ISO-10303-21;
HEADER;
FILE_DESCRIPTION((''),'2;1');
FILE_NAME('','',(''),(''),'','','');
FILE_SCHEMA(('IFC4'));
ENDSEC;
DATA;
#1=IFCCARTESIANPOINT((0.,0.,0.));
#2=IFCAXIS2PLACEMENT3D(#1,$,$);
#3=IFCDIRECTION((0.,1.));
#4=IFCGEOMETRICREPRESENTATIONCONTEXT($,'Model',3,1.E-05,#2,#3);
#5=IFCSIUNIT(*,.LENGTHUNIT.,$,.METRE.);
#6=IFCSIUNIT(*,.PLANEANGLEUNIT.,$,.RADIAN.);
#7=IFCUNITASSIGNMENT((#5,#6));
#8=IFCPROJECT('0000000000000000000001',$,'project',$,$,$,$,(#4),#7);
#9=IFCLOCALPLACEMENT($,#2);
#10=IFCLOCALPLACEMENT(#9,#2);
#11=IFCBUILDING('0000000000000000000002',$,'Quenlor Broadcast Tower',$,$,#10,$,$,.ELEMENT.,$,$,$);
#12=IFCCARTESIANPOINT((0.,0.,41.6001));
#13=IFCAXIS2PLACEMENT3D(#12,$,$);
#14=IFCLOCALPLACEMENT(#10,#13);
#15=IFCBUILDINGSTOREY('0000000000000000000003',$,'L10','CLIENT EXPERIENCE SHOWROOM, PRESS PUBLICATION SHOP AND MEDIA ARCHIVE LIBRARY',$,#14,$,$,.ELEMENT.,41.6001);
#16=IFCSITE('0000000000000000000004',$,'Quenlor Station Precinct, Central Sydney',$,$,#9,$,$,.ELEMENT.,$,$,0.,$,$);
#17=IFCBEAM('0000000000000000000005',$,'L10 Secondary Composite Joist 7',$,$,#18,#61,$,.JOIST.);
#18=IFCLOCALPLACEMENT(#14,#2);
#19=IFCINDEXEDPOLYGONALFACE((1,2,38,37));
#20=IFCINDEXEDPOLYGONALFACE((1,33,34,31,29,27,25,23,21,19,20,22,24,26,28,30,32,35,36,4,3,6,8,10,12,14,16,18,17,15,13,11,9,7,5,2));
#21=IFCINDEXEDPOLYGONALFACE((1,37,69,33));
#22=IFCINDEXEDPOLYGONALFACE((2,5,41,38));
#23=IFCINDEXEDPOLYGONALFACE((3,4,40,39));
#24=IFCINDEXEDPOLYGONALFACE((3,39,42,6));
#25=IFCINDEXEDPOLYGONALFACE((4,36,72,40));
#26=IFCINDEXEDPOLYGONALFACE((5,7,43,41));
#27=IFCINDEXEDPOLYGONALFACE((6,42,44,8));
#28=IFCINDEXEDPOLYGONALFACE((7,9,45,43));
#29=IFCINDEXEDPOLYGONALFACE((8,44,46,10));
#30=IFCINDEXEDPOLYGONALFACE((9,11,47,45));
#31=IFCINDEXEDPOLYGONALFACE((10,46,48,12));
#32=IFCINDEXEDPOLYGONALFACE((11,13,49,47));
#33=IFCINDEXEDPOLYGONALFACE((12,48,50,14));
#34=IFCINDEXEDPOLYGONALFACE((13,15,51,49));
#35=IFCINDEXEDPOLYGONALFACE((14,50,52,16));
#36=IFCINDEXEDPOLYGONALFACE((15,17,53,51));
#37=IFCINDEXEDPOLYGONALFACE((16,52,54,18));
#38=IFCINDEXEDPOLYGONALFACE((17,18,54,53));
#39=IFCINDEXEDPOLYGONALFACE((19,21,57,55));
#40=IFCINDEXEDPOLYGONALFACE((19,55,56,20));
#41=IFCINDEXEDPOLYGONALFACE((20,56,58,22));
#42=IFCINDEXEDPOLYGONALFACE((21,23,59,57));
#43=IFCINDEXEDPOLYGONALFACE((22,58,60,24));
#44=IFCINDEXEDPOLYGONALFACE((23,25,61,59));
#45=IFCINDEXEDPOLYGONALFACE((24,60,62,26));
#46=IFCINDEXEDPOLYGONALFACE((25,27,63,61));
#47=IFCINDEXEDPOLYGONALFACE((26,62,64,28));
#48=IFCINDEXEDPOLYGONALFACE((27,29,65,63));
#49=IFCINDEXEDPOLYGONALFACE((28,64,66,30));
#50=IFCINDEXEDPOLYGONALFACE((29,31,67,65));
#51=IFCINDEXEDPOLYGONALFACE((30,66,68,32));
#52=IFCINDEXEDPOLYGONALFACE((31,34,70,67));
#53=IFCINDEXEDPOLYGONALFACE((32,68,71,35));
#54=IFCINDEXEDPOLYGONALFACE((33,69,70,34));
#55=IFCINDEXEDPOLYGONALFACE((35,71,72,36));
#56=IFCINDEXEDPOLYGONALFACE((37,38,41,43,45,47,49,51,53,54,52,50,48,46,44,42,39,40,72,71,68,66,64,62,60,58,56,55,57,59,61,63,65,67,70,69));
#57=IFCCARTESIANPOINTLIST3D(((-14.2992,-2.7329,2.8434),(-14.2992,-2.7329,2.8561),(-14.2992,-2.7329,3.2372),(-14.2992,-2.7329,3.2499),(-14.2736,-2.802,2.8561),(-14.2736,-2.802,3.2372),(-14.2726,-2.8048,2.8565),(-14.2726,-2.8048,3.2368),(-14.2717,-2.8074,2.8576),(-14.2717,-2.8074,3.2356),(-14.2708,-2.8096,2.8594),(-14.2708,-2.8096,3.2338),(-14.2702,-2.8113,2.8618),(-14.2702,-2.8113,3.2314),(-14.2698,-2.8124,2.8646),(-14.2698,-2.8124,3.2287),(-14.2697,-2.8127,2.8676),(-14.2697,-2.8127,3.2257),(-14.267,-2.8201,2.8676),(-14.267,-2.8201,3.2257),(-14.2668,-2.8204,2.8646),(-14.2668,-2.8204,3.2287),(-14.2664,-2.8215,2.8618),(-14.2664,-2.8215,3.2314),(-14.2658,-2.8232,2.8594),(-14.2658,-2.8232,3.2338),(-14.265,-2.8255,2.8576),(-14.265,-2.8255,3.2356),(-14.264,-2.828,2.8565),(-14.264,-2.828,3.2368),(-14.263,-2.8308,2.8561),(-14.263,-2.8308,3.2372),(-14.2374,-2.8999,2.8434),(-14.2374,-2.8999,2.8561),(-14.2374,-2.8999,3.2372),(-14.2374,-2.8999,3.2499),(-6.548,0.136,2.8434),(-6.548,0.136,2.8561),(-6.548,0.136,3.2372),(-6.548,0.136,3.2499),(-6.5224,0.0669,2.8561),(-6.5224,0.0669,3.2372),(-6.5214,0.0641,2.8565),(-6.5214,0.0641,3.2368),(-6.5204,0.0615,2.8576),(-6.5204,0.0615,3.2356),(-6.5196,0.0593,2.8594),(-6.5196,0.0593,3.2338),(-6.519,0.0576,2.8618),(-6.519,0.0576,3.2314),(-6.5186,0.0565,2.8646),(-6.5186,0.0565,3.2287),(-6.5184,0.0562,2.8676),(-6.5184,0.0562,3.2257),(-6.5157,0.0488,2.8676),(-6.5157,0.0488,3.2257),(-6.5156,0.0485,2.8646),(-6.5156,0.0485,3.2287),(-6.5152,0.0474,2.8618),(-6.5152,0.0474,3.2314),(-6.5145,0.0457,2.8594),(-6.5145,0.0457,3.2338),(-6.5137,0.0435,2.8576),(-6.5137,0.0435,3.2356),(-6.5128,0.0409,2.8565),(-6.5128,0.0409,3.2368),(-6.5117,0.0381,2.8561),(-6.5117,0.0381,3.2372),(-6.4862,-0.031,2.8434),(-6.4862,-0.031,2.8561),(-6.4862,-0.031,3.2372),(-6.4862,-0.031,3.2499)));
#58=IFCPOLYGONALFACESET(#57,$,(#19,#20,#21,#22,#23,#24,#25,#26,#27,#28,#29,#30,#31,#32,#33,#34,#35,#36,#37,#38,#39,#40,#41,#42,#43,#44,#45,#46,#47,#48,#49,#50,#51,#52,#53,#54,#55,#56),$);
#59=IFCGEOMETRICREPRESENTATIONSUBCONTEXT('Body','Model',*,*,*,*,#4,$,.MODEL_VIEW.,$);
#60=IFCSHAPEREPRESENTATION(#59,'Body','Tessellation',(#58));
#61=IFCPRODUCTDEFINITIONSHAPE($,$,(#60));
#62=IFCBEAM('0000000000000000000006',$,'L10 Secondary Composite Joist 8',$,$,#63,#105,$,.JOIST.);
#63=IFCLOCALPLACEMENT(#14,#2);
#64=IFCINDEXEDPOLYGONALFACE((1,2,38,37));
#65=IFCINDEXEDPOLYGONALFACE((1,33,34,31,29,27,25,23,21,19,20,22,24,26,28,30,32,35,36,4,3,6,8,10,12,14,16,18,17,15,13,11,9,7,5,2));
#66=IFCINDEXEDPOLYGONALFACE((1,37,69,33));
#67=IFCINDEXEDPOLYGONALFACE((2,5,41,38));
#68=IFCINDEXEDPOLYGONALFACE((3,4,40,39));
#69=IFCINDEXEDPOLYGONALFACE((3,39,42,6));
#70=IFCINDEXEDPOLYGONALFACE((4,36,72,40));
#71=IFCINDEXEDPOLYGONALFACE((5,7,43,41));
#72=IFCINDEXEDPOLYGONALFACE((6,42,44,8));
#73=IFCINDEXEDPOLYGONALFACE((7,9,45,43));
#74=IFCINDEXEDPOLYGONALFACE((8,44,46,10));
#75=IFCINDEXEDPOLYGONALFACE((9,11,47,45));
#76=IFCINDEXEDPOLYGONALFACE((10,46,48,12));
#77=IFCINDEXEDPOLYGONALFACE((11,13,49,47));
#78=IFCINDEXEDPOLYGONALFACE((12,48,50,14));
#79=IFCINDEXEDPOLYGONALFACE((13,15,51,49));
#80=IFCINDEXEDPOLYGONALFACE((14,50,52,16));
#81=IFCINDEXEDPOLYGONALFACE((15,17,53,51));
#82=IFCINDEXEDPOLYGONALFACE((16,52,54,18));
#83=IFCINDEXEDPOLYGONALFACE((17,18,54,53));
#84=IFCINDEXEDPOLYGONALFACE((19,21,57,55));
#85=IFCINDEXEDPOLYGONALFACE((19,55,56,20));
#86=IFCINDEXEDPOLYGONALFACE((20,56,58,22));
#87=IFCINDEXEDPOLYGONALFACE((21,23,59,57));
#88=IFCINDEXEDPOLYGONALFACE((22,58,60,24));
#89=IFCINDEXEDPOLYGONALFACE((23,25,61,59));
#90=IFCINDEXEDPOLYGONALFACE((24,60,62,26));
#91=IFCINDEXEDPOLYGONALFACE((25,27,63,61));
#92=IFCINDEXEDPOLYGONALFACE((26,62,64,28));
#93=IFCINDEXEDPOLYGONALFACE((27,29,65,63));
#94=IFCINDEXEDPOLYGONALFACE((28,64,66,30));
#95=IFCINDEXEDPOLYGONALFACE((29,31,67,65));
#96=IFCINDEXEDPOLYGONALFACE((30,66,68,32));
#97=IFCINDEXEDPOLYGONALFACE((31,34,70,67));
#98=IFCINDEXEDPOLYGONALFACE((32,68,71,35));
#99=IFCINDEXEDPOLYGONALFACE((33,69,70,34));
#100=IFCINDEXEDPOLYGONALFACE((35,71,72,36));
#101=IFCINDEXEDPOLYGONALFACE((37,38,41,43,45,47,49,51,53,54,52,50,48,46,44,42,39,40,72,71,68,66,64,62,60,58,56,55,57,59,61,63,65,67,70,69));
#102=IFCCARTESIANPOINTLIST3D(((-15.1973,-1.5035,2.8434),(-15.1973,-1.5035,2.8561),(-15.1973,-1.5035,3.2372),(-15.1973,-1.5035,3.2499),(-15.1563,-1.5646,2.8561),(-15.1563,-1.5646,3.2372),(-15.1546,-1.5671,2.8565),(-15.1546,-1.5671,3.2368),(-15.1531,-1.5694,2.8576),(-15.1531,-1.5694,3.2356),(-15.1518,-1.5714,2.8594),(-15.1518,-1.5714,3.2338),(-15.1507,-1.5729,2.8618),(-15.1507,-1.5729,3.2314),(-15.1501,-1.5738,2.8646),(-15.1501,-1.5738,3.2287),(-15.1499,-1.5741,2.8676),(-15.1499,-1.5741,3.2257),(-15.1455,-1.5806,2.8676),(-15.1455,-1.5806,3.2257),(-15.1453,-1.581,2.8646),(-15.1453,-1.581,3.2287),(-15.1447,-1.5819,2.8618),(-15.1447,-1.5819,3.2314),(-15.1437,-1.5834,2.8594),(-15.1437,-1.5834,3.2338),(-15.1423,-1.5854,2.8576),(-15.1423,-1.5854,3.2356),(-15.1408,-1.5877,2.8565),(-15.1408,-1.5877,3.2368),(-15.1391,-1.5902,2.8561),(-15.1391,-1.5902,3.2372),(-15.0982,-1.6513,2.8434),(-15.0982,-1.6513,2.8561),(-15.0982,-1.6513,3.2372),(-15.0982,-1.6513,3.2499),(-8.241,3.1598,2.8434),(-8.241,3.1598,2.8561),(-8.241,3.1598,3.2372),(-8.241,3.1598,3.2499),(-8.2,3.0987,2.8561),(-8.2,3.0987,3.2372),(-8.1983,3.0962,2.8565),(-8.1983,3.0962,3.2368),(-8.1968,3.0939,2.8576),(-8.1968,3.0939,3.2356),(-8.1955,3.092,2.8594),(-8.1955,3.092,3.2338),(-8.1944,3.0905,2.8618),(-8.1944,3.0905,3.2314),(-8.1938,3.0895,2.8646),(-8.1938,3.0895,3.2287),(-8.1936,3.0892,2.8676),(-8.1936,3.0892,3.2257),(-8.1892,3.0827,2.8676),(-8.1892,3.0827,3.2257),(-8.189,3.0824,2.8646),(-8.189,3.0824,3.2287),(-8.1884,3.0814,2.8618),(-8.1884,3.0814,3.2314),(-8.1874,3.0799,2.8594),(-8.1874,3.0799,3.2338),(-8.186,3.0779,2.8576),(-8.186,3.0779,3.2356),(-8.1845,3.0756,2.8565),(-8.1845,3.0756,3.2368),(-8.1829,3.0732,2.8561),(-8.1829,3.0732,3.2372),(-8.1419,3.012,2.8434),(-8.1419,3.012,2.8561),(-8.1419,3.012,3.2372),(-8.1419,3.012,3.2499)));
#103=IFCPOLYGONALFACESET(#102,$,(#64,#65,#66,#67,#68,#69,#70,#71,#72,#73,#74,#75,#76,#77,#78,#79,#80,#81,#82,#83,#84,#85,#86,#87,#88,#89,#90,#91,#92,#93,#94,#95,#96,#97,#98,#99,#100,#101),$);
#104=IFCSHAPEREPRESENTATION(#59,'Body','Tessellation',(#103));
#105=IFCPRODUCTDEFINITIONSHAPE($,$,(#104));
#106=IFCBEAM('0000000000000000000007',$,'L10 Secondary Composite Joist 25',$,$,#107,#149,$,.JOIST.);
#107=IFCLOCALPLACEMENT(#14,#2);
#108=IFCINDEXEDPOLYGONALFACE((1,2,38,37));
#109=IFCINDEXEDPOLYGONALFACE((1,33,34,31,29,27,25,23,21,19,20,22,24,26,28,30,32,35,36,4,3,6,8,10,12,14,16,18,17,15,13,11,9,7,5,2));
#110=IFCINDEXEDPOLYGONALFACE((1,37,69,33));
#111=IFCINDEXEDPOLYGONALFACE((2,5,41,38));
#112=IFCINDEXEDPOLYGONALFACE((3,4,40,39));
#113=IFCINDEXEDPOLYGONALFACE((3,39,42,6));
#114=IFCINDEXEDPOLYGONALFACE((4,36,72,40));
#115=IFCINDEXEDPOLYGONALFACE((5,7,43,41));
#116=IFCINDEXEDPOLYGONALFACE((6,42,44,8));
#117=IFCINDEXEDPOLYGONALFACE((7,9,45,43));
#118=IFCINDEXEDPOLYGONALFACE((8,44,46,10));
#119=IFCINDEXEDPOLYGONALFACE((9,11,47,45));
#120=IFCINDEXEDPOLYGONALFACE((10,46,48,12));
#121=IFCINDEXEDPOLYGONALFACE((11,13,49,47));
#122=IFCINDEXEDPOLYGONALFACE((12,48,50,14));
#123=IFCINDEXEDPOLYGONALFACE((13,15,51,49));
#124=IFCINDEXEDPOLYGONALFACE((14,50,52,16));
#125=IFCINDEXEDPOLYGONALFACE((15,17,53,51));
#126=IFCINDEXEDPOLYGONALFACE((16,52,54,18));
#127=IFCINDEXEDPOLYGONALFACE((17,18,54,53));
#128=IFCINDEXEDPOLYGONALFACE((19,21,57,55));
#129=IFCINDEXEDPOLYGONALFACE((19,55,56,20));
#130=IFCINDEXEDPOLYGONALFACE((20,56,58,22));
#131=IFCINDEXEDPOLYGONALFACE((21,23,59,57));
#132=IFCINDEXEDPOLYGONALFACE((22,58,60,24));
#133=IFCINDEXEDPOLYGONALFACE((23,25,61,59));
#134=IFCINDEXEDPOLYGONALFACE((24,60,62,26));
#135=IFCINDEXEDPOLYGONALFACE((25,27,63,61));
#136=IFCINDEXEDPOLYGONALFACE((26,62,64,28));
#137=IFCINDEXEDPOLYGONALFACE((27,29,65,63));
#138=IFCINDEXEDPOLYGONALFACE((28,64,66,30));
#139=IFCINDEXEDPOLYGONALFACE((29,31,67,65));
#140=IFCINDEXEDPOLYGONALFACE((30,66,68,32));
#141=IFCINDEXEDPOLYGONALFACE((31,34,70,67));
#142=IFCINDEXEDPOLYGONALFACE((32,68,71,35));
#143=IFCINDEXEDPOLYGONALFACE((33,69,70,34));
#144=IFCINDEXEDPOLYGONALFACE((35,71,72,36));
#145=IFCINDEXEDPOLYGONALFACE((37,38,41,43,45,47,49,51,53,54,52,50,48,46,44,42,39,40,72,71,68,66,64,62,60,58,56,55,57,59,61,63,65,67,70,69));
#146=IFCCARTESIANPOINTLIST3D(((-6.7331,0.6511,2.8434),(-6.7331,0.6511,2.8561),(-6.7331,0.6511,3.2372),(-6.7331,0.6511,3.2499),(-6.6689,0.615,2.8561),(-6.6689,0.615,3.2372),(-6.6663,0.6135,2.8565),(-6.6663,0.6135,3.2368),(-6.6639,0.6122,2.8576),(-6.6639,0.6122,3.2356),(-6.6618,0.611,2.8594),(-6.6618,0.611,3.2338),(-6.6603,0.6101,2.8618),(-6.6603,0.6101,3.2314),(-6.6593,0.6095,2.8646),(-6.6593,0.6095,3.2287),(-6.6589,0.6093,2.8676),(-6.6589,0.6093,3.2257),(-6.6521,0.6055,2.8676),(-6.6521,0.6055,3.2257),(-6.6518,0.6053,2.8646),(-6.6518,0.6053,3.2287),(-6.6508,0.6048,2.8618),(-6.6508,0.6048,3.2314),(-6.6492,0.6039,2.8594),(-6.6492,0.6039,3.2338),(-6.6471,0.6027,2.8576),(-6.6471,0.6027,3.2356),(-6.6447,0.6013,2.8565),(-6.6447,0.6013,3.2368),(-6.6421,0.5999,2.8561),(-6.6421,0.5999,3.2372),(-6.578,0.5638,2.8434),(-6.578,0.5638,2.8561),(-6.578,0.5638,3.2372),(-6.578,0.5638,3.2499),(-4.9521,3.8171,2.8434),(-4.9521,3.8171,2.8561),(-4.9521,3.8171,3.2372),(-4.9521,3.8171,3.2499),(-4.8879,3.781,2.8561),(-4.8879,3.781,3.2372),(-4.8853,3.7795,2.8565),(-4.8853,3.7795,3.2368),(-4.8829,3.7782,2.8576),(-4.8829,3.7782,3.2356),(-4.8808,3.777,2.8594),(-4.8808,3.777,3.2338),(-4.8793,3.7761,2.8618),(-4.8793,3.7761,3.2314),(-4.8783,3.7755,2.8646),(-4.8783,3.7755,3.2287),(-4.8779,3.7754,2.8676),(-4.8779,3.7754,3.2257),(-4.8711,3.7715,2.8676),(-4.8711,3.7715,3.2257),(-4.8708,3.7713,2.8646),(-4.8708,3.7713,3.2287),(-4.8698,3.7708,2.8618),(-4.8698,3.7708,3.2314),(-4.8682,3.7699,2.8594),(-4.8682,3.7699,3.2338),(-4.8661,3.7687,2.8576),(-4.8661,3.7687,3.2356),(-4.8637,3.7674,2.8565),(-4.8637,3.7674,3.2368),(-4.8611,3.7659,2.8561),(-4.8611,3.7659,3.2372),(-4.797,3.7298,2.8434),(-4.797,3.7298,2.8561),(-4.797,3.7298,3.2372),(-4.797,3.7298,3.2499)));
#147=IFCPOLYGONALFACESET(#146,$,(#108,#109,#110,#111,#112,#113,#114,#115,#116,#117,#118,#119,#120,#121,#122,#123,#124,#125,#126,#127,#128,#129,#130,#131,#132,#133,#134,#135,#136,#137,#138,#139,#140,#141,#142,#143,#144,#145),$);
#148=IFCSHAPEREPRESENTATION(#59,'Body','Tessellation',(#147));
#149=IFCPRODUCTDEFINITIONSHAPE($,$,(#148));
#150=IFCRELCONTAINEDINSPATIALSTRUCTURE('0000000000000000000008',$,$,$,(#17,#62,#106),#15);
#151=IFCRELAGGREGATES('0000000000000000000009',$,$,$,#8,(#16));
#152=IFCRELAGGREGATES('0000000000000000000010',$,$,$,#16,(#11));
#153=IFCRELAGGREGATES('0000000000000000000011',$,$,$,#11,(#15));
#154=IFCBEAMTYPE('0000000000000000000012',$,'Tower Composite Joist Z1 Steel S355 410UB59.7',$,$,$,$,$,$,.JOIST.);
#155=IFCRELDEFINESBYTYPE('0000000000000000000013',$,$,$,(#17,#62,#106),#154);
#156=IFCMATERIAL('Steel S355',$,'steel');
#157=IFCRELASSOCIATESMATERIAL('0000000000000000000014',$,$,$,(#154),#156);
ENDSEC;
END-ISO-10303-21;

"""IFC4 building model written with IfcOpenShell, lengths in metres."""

from ifc_helpers import new_model, si_unit, direction, frame, origin, origin_2d, place, context, subcontext, project, spatial, i_section, extrude, material, material_profile, profile_set, type_object, element, save


model = new_model("IFC4")

# Units and contexts
model_context = context("Model", 3, precision=1e-05, world=origin(), true_north=direction((0.0, 1.0)))
body_context = subcontext(model_context, "Body", "Model", "MODEL_VIEW")
ifc_project = project(units=[si_unit("LENGTHUNIT", "METRE"), si_unit("PLANEANGLEUNIT", "RADIAN")], contexts=[model_context])

# Site, building, storey
site_placement = place(None, origin())
site = spatial("IfcSite", under=ifc_project, at=site_placement, Name="Quenlor Station Precinct, Central Sydney", CompositionType="ELEMENT", RefElevation=0.0)
building_placement = place(site_placement, origin())
building = spatial("IfcBuilding", under=site, at=building_placement, Name="Quenlor Broadcast Tower", CompositionType="ELEMENT")
storey_placement = place(building_placement, frame((0.0, 0.0, 41.6001)))
storey = spatial("IfcBuildingStorey", under=building, at=storey_placement, Name="L10", Description="CLIENT EXPERIENCE SHOWROOM, PRESS PUBLICATION SHOP AND MEDIA ARCHIVE LIBRARY", CompositionType="ELEMENT", Elevation=41.6001)

# Beams
ifc_material_1 = material(Name="Steel S355", Category="steel")
ifc_material_profile = material_profile(ifc_material_1, i_section(OverallWidth=0.178, OverallDepth=0.4065, WebThickness=0.0078, FlangeThickness=0.0127, FilletRadius=0.0115, at=origin_2d()))
ifc_profile_set = profile_set([ifc_material_profile], Name="Steel S355 410UB59.7")
beam_type = type_object("IfcBeamType", Name="Tower Composite Joist Z1 Steel S355 410UB59.7", PredefinedType="JOIST", material=ifc_profile_set)
beam_1_placement = place(storey_placement, frame((-14.2683, -2.8164, 3.0466), z_axis=(0.937825, 0.347109, 0.0), x_axis=(-0.347109, 0.937825, 0.0)))
element("IfcBeam", 1, at=beam_1_placement, inside=storey, type_object=beam_type, Name="L10 Secondary Composite Joist 7", PredefinedType="JOIST", context=body_context, shape_type="SweptSolid", body=[
    extrude(i_section(OverallWidth=0.178, OverallDepth=0.4065, WebThickness=0.0078, FlangeThickness=0.0127, FilletRadius=0.0115, at=origin_2d()), origin(), (0.0, 0.0, 1.0), 8.2651),
])
beam_2_placement = place(storey_placement, frame((-15.1477, -1.5774, 3.0466), z_axis=(0.830626, 0.556831, 0.0), x_axis=(-0.556831, 0.830626, 0.0)))
element("IfcBeam", 2, at=beam_2_placement, inside=storey, type_object=beam_type, Name="L10 Secondary Composite Joist 8", PredefinedType="JOIST", context=body_context, shape_type="SweptSolid", body=[
    extrude(i_section(OverallWidth=0.178, OverallDepth=0.4065, WebThickness=0.0078, FlangeThickness=0.0127, FilletRadius=0.0115, at=origin_2d()), origin(), (0.0, 0.0, 1.0), 8.3748),
])
beam_3_placement = place(storey_placement, frame((-4.8745, 3.7734, 3.0466), z_axis=(-0.490287, -0.871561, 0.0), x_axis=(0.871561, -0.490287, 0.0)))
element("IfcBeam", 3, at=beam_3_placement, inside=storey, type_object=beam_type, Name="L10 Secondary Composite Joist 25", PredefinedType="JOIST", context=body_context, shape_type="SweptSolid", body=[
    extrude(i_section(OverallWidth=0.178, OverallDepth=0.4065, WebThickness=0.0078, FlangeThickness=0.0127, FilletRadius=0.0115, at=origin_2d()), origin(), (0.0, 0.0, 1.0), 3.6326),
])

save(model, "model.ifc")
